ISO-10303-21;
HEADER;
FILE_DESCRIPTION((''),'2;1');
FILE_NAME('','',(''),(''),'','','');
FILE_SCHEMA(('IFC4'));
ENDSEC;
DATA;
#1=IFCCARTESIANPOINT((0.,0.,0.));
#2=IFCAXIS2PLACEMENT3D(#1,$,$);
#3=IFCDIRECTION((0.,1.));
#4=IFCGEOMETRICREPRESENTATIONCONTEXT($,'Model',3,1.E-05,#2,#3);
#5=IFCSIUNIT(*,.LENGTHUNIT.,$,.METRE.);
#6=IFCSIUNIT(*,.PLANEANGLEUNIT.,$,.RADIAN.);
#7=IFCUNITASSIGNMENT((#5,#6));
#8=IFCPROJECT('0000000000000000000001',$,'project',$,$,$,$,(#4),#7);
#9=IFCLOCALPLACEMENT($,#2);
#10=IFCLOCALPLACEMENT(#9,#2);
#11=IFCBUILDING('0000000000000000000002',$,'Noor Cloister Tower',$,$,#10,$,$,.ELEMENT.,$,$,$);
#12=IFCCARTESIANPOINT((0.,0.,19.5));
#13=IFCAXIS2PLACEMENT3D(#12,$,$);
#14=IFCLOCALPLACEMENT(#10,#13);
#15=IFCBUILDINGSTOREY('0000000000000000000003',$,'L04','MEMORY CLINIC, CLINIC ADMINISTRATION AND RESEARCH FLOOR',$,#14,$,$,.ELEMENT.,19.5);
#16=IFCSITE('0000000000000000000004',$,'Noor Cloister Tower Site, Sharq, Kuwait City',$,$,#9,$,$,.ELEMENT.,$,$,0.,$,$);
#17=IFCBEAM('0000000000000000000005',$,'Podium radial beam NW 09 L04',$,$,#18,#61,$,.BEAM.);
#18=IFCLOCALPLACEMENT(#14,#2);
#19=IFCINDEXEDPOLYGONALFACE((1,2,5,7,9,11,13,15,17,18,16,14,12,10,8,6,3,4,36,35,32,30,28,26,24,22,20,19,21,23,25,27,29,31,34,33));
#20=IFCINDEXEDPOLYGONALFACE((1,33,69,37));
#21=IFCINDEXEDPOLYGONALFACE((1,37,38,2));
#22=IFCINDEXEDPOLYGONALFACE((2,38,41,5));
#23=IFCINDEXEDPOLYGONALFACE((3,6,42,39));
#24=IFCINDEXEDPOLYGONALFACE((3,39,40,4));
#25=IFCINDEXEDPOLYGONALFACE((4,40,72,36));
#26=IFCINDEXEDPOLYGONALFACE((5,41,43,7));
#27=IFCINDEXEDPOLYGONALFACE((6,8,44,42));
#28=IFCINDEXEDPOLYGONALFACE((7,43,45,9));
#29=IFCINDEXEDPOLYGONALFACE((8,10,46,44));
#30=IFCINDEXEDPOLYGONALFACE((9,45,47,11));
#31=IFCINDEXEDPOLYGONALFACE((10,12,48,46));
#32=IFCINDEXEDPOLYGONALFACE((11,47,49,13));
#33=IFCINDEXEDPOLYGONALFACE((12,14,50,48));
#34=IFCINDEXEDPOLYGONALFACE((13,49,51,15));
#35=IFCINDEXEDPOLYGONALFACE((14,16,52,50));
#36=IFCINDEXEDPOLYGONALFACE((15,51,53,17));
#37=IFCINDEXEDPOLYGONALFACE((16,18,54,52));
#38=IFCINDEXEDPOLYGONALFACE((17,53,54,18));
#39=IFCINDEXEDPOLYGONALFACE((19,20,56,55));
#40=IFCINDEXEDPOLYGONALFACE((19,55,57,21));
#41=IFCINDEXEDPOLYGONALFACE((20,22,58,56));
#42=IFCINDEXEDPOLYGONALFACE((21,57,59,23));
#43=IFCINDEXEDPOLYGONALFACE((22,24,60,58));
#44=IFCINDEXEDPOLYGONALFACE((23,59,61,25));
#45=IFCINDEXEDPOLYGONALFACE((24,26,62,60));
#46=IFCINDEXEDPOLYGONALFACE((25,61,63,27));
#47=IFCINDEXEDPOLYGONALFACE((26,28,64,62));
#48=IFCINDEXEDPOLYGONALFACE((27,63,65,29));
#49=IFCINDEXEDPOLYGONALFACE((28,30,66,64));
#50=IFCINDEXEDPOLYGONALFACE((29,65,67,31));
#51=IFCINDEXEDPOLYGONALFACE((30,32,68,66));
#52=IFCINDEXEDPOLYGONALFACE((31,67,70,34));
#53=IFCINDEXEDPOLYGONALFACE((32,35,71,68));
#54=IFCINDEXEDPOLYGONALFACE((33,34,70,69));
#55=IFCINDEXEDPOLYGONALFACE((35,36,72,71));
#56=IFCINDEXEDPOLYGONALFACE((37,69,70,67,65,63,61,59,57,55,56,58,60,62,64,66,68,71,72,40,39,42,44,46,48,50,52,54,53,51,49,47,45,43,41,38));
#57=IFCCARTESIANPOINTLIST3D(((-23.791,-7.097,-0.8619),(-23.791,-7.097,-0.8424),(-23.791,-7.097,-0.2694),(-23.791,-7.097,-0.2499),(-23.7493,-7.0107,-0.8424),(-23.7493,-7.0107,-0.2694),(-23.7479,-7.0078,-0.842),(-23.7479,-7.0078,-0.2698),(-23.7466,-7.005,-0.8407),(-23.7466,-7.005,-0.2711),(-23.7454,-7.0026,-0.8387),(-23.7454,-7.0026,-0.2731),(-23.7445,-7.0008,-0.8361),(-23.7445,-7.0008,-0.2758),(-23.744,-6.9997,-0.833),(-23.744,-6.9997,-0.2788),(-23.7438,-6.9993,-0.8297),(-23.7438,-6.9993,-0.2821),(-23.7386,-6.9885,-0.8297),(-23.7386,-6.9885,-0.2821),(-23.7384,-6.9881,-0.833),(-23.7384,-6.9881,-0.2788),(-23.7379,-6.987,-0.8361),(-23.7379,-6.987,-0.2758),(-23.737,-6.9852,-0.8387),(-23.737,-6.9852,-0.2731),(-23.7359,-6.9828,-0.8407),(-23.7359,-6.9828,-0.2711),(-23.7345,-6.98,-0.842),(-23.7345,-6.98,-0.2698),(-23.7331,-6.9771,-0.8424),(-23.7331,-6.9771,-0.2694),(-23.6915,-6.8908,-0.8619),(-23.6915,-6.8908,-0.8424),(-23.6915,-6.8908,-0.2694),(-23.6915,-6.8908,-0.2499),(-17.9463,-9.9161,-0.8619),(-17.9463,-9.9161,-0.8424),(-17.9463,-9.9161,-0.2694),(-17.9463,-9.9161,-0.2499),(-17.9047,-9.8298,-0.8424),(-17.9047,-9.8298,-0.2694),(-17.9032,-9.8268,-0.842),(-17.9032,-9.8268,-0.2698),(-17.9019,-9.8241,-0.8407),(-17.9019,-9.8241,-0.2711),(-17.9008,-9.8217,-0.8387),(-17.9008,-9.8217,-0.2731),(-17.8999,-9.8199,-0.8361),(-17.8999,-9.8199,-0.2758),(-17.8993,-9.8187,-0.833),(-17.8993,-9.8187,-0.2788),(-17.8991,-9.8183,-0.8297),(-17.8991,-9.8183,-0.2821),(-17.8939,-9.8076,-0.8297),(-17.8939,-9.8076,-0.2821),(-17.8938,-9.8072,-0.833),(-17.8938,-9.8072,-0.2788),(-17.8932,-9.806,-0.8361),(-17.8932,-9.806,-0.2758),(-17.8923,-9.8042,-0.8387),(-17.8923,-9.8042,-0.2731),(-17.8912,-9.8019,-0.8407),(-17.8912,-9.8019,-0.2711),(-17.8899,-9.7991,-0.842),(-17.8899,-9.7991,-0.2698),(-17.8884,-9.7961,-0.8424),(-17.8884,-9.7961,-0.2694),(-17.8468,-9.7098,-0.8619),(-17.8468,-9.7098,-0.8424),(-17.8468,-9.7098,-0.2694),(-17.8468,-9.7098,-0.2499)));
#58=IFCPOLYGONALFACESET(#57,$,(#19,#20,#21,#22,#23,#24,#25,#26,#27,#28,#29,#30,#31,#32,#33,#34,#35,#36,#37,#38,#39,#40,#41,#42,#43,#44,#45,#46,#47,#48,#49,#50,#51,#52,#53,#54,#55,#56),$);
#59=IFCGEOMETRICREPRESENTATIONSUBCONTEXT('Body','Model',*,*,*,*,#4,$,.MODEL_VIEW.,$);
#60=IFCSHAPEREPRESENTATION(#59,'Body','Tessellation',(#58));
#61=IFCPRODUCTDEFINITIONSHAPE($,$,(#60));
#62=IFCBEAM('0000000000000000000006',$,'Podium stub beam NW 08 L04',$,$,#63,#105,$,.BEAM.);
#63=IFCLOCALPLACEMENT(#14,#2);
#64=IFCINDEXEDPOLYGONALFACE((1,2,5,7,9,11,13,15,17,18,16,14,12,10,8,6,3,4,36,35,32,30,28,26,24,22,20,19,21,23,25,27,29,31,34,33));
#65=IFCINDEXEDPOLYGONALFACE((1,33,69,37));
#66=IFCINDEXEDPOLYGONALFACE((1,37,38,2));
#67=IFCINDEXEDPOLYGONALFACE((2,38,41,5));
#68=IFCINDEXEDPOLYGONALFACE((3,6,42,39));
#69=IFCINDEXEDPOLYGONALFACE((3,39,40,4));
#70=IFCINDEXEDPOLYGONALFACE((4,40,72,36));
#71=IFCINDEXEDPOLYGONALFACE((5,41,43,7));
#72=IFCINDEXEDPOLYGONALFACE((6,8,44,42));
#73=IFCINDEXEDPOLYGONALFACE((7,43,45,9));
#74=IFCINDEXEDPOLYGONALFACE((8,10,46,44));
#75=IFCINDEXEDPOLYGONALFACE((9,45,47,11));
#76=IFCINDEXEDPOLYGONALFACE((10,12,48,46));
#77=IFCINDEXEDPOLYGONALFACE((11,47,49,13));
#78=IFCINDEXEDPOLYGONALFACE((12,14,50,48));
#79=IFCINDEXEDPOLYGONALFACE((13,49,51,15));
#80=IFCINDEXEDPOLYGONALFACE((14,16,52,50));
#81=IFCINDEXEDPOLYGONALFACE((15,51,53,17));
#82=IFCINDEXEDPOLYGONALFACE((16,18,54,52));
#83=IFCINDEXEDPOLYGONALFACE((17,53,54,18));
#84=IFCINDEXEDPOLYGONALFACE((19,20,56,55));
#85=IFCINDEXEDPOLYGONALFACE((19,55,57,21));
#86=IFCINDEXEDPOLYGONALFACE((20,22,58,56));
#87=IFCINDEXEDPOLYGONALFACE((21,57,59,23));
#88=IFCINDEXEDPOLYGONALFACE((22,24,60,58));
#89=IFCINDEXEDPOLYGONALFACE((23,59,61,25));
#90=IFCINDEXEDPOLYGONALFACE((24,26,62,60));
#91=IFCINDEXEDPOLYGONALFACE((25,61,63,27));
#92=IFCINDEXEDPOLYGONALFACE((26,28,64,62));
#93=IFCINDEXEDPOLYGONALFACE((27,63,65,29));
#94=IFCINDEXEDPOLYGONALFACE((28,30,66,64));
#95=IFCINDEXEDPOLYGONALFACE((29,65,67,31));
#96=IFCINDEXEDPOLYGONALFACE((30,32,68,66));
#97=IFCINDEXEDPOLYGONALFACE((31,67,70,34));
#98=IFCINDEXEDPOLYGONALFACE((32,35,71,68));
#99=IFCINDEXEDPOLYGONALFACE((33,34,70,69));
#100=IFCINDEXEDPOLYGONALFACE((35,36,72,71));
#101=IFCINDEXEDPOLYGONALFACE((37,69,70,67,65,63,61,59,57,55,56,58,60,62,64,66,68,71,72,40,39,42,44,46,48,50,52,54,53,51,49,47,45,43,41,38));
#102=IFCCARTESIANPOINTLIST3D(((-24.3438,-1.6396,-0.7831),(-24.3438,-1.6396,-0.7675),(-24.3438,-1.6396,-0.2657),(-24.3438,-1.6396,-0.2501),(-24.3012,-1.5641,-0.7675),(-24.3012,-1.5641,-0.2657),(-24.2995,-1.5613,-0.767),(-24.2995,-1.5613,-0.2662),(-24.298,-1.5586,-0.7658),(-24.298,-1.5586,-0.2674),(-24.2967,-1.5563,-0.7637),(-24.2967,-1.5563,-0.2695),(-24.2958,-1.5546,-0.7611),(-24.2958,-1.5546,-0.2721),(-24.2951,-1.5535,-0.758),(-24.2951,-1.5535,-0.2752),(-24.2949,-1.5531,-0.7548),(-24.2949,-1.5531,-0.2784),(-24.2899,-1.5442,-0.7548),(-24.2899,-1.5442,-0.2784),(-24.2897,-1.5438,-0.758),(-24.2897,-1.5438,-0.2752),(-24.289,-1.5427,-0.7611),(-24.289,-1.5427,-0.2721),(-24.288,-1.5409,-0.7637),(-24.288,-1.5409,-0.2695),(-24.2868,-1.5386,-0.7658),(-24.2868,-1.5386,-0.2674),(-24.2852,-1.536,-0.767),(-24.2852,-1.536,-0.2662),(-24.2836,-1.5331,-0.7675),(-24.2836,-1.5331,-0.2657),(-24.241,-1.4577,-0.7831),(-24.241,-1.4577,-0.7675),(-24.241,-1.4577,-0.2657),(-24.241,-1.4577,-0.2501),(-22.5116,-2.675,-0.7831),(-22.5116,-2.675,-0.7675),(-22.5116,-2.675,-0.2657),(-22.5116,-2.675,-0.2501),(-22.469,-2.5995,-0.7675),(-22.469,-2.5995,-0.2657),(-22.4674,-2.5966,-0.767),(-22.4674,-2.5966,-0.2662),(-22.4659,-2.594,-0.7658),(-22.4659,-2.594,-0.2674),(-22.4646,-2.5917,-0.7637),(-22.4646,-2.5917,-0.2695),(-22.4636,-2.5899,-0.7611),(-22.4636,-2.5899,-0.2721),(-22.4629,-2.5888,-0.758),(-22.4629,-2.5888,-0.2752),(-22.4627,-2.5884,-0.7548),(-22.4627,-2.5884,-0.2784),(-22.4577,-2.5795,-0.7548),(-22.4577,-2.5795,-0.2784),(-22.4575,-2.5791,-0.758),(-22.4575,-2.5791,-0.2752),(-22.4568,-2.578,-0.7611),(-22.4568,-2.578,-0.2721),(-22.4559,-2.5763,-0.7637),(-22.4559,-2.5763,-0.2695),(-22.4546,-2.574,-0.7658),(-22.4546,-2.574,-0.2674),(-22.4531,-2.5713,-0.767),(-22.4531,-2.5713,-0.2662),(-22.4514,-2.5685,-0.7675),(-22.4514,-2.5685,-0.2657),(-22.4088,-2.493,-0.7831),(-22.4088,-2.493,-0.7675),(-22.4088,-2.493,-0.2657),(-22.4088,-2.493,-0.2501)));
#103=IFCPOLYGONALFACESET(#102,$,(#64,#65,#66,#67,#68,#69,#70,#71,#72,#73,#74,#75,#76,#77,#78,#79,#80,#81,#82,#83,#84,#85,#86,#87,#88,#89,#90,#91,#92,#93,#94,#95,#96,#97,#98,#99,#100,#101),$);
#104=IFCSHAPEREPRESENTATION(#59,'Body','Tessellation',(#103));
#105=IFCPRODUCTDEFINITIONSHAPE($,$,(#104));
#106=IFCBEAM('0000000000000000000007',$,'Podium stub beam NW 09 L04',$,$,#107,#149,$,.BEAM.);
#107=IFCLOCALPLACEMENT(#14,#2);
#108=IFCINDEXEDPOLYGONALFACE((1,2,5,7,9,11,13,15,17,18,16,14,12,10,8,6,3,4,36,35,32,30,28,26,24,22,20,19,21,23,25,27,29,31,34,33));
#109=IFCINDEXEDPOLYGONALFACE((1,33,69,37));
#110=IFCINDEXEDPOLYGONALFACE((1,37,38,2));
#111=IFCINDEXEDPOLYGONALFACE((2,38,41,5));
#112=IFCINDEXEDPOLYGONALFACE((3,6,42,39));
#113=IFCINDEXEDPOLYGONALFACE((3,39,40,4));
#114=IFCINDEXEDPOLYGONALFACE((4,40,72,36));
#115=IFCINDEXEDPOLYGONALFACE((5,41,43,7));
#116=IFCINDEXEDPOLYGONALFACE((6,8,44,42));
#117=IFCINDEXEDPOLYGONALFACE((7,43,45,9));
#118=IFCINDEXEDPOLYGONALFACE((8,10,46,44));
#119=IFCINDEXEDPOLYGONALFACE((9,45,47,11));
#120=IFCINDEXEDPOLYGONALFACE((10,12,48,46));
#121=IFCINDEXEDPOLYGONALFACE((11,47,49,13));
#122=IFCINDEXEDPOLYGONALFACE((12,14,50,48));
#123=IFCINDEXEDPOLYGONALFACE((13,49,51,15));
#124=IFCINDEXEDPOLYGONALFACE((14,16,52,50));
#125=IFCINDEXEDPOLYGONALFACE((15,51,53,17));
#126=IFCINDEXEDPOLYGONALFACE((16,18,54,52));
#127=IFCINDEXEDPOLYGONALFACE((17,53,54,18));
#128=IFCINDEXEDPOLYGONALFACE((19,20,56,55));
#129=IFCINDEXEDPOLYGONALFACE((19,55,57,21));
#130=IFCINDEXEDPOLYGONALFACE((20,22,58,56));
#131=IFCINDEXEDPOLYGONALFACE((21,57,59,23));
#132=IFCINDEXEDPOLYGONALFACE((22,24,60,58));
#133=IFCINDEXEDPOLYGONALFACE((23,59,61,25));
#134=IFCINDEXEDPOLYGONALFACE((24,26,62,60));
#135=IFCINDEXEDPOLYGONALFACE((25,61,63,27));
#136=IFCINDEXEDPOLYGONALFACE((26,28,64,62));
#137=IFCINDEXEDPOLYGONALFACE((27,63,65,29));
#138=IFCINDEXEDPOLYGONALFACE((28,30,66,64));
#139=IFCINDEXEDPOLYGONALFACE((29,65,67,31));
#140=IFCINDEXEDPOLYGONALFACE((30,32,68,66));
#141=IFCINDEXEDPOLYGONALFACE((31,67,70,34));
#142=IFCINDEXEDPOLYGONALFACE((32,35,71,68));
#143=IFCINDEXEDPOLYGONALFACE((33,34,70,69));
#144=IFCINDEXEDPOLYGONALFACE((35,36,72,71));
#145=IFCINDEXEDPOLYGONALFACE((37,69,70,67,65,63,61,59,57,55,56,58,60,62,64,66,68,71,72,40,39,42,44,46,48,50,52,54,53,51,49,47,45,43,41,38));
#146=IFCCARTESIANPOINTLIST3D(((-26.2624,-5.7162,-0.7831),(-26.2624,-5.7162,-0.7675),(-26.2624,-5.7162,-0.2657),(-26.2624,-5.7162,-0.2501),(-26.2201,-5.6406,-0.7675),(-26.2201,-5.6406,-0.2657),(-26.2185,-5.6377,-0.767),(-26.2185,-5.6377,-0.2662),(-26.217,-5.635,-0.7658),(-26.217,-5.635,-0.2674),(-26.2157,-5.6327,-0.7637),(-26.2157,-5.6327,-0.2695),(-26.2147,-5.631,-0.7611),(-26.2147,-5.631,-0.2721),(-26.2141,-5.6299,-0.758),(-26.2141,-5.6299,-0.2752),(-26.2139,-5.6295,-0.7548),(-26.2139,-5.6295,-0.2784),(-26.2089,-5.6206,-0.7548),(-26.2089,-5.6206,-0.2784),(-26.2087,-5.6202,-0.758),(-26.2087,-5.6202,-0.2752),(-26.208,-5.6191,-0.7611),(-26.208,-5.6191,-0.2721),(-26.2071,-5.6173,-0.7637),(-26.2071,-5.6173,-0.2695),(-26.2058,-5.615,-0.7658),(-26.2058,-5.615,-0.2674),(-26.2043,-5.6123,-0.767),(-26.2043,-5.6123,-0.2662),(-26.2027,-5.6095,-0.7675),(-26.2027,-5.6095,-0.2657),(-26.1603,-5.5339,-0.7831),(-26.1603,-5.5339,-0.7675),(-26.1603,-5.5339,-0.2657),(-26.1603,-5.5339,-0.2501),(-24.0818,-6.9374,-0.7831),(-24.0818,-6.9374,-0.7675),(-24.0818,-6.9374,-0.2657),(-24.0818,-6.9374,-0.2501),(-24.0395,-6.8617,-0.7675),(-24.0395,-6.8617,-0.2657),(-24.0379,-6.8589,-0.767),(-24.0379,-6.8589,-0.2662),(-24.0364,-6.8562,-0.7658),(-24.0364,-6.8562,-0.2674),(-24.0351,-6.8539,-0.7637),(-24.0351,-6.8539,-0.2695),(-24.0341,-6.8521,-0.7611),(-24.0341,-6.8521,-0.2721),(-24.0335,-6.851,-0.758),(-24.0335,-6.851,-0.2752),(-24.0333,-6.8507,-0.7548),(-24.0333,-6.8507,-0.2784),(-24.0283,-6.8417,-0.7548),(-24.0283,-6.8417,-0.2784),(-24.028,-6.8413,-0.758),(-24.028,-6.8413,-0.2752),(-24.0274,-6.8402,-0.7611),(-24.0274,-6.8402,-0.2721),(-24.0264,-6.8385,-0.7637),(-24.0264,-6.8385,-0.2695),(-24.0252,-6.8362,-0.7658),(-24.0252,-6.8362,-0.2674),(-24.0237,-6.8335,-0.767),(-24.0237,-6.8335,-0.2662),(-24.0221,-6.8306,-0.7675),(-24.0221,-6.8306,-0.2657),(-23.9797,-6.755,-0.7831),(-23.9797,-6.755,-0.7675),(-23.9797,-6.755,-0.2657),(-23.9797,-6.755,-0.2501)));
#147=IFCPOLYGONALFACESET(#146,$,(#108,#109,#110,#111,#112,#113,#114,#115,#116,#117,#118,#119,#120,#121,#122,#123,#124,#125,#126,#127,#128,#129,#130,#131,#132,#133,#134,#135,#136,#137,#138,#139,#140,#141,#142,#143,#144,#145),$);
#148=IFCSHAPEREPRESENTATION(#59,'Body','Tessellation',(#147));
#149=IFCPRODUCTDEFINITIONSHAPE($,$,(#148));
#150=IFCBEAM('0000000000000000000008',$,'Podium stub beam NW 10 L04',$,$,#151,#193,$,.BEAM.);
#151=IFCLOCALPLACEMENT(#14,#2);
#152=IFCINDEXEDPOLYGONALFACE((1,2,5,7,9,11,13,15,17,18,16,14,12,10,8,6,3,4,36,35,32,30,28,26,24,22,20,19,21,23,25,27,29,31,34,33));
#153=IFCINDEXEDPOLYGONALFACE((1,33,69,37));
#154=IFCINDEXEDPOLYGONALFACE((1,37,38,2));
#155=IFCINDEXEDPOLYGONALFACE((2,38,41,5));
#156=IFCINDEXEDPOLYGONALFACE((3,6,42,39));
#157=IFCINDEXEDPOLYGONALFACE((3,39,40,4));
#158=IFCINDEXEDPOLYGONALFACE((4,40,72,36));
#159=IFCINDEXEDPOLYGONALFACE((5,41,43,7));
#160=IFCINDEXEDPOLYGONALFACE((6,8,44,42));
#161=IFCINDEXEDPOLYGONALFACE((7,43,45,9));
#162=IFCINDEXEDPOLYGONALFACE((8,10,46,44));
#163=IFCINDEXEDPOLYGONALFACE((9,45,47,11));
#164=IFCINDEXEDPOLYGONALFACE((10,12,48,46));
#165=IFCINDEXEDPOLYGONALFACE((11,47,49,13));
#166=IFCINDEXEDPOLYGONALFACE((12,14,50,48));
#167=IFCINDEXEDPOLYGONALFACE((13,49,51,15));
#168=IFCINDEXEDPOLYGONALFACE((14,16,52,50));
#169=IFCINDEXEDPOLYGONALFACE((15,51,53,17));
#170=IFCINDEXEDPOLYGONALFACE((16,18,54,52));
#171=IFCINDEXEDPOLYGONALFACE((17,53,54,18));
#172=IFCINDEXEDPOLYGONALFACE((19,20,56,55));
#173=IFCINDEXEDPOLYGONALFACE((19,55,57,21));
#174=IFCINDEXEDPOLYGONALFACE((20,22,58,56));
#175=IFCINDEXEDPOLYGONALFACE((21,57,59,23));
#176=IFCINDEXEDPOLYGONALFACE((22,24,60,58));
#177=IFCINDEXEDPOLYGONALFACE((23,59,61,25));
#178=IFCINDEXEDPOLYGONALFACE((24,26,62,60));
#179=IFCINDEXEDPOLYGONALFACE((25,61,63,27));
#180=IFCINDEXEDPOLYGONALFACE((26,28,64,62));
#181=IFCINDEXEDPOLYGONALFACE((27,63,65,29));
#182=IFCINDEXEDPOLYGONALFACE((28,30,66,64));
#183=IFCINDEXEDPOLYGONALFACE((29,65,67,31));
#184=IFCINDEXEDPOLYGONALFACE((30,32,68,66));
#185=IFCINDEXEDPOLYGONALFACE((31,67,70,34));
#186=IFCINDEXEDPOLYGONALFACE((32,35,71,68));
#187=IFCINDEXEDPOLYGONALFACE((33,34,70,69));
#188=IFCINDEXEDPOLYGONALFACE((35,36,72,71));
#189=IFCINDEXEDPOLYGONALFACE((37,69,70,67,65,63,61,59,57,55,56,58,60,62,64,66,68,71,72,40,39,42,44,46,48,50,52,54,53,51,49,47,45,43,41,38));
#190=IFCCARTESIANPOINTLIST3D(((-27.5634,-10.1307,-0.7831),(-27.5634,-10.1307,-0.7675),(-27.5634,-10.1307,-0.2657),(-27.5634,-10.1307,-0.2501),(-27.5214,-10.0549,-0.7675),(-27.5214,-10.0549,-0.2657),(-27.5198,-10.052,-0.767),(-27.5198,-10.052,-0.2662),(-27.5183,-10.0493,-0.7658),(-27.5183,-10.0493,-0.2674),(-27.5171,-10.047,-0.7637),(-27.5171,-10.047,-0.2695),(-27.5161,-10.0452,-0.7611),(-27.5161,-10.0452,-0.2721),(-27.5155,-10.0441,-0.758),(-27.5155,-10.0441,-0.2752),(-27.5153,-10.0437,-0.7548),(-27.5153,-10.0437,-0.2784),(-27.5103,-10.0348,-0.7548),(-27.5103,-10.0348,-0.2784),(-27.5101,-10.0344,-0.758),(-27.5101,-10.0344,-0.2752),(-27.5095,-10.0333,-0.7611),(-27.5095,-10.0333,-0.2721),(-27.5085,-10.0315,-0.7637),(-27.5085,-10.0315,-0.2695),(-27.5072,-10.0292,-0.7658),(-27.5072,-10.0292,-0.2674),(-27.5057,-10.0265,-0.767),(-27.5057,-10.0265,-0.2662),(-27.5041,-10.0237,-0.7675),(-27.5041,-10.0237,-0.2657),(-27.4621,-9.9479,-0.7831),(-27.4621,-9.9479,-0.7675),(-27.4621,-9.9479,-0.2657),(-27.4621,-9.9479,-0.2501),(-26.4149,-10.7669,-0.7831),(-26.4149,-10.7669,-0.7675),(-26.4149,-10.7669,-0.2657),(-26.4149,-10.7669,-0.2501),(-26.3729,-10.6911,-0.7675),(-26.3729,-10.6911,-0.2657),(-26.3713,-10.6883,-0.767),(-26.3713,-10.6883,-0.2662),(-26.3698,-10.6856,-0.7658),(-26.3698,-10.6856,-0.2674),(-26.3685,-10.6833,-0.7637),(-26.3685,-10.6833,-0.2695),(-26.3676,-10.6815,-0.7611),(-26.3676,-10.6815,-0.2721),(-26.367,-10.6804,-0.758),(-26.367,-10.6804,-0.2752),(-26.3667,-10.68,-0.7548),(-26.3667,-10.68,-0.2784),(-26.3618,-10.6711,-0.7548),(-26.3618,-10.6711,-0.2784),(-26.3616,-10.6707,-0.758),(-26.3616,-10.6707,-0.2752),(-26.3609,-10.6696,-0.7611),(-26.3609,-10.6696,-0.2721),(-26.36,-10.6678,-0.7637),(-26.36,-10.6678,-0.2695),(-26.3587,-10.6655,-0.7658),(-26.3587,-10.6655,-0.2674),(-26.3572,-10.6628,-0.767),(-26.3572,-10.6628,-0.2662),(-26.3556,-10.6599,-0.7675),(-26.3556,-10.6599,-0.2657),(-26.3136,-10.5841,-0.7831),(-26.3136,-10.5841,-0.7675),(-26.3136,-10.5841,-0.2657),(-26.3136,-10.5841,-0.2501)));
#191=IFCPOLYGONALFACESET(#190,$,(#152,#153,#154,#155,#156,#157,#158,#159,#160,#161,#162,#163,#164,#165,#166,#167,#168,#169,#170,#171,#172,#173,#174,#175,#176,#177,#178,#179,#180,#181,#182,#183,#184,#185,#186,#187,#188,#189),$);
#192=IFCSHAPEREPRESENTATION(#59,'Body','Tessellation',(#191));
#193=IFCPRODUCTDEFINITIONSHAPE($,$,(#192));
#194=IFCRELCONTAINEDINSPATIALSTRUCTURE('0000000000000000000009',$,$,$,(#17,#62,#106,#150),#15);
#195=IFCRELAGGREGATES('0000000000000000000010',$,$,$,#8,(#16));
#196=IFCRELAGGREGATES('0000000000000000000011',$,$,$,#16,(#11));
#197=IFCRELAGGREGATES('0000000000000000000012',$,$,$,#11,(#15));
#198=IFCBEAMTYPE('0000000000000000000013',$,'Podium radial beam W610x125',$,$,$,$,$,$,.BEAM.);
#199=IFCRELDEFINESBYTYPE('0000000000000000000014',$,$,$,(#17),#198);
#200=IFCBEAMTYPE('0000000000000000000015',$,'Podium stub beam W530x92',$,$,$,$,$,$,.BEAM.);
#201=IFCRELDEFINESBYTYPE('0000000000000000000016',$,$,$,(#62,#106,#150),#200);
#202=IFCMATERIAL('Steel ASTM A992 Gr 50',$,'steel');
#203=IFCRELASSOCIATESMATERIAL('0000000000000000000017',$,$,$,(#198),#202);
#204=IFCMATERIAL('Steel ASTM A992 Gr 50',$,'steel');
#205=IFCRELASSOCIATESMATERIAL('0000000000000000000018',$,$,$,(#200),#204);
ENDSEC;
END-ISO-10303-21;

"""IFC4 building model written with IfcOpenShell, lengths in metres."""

from ifc_helpers import new_model, si_unit, direction, frame, origin, origin_2d, place, context, subcontext, project, spatial, i_section, extrude, material, material_profile, profile_set, type_object, element, save


model = new_model("IFC4")

# Units and contexts
model_context = context("Model", 3, precision=1e-05, world=origin(), true_north=direction((0.0, 1.0)))
body_context = subcontext(model_context, "Body", "Model", "MODEL_VIEW")
ifc_project = project(units=[si_unit("LENGTHUNIT", "METRE"), si_unit("PLANEANGLEUNIT", "RADIAN")], contexts=[model_context])

# Site, building, storey
site_placement = place(None, origin())
site = spatial("IfcSite", under=ifc_project, at=site_placement, Name="Noor Cloister Tower Site, Sharq, Kuwait City", CompositionType="ELEMENT", RefElevation=0.0)
building_placement = place(site_placement, origin())
building = spatial("IfcBuilding", under=site, at=building_placement, Name="Noor Cloister Tower", CompositionType="ELEMENT")
storey_placement = place(building_placement, frame((0.0, 0.0, 19.5)))
storey = spatial("IfcBuildingStorey", under=building, at=storey_placement, Name="L04", Description="MEMORY CLINIC, CLINIC ADMINISTRATION AND RESEARCH FLOOR", CompositionType="ELEMENT", Elevation=19.5)

# Beams
ifc_material_1 = material(Name="Steel ASTM A992 Gr 50", Category="steel")
ifc_material_profile_1 = material_profile(ifc_material_1, i_section(OverallWidth=0.229, OverallDepth=0.6121, WebThickness=0.012, FlangeThickness=0.0195, FilletRadius=0.0127, at=origin_2d()), Name="W610x125")
ifc_profile_set_1 = profile_set([ifc_material_profile_1], Name="Steel ASTM A992 Gr 50")
beam_type_1 = type_object("IfcBeamType", Name="Podium radial beam W610x125", PredefinedType="BEAM", material=ifc_profile_set_1)
beam_1_placement = place(storey_placement, frame((-23.7412, -6.9939, -0.5559), z_axis=(0.900702, -0.434437, 0.0), x_axis=(0.434437, 0.900702, 0.0)))
element("IfcBeam", 1, at=beam_1_placement, inside=storey, type_object=beam_type_1, Name="Podium radial beam NW 09 L04", PredefinedType="BEAM", context=body_context, shape_type="SweptSolid", body=[
    extrude(i_section(OverallWidth=0.229, OverallDepth=0.6121, WebThickness=0.012, FlangeThickness=0.0195, FilletRadius=0.0127, at=origin_2d()), origin(), (0.0, 0.0, 1.0), 6.489),
])
ifc_material_2 = material(Name="Steel ASTM A992 Gr 50", Category="steel")
ifc_material_profile_2 = material_profile(ifc_material_2, i_section(OverallWidth=0.209, OverallDepth=0.533, WebThickness=0.0103, FlangeThickness=0.0156, FilletRadius=0.0127, at=origin_2d()), Name="W530x92")
ifc_profile_set_2 = profile_set([ifc_material_profile_2], Name="Steel ASTM A992 Gr 50")
beam_type_2 = type_object("IfcBeamType", Name="Podium stub beam W530x92", PredefinedType="BEAM", material=ifc_profile_set_2)
beam_2_placement = place(storey_placement, frame((-22.4602, -2.584, -0.5166), z_axis=(-0.87061, 0.491973, 0.0), x_axis=(-0.491973, -0.87061, 0.0)))
element("IfcBeam", 2, at=beam_2_placement, inside=storey, type_object=beam_type_2, Name="Podium stub beam NW 08 L04", PredefinedType="BEAM", context=body_context, shape_type="SweptSolid", body=[
    extrude(i_section(OverallWidth=0.209, OverallDepth=0.533, WebThickness=0.0103, FlangeThickness=0.0156, FilletRadius=0.0127, at=origin_2d()), origin(), (0.0, 0.0, 1.0), 2.1045),
])
beam_3_placement = place(storey_placement, frame((-24.0308, -6.8462, -0.5166), z_axis=(-0.872503, 0.488609, 0.0), x_axis=(-0.488609, -0.872503, 0.0)))
element("IfcBeam", 3, at=beam_3_placement, inside=storey, type_object=beam_type_2, Name="Podium stub beam NW 09 L04", PredefinedType="BEAM", context=body_context, shape_type="SweptSolid", body=[
    extrude(i_section(OverallWidth=0.209, OverallDepth=0.533, WebThickness=0.0103, FlangeThickness=0.0156, FilletRadius=0.0127, at=origin_2d()), origin(), (0.0, 0.0, 1.0), 2.4993),
])
beam_4_placement = place(storey_placement, frame((-26.3643, -10.6755, -0.5166), z_axis=(-0.874736, 0.484601, 0.0), x_axis=(-0.484601, -0.874736, 0.0)))
element("IfcBeam", 4, at=beam_4_placement, inside=storey, type_object=beam_type_2, Name="Podium stub beam NW 10 L04", PredefinedType="BEAM", context=body_context, shape_type="SweptSolid", body=[
    extrude(i_section(OverallWidth=0.209, OverallDepth=0.533, WebThickness=0.0103, FlangeThickness=0.0156, FilletRadius=0.0127, at=origin_2d()), origin(), (0.0, 0.0, 1.0), 1.313),
])

save(model, "model.ifc")
